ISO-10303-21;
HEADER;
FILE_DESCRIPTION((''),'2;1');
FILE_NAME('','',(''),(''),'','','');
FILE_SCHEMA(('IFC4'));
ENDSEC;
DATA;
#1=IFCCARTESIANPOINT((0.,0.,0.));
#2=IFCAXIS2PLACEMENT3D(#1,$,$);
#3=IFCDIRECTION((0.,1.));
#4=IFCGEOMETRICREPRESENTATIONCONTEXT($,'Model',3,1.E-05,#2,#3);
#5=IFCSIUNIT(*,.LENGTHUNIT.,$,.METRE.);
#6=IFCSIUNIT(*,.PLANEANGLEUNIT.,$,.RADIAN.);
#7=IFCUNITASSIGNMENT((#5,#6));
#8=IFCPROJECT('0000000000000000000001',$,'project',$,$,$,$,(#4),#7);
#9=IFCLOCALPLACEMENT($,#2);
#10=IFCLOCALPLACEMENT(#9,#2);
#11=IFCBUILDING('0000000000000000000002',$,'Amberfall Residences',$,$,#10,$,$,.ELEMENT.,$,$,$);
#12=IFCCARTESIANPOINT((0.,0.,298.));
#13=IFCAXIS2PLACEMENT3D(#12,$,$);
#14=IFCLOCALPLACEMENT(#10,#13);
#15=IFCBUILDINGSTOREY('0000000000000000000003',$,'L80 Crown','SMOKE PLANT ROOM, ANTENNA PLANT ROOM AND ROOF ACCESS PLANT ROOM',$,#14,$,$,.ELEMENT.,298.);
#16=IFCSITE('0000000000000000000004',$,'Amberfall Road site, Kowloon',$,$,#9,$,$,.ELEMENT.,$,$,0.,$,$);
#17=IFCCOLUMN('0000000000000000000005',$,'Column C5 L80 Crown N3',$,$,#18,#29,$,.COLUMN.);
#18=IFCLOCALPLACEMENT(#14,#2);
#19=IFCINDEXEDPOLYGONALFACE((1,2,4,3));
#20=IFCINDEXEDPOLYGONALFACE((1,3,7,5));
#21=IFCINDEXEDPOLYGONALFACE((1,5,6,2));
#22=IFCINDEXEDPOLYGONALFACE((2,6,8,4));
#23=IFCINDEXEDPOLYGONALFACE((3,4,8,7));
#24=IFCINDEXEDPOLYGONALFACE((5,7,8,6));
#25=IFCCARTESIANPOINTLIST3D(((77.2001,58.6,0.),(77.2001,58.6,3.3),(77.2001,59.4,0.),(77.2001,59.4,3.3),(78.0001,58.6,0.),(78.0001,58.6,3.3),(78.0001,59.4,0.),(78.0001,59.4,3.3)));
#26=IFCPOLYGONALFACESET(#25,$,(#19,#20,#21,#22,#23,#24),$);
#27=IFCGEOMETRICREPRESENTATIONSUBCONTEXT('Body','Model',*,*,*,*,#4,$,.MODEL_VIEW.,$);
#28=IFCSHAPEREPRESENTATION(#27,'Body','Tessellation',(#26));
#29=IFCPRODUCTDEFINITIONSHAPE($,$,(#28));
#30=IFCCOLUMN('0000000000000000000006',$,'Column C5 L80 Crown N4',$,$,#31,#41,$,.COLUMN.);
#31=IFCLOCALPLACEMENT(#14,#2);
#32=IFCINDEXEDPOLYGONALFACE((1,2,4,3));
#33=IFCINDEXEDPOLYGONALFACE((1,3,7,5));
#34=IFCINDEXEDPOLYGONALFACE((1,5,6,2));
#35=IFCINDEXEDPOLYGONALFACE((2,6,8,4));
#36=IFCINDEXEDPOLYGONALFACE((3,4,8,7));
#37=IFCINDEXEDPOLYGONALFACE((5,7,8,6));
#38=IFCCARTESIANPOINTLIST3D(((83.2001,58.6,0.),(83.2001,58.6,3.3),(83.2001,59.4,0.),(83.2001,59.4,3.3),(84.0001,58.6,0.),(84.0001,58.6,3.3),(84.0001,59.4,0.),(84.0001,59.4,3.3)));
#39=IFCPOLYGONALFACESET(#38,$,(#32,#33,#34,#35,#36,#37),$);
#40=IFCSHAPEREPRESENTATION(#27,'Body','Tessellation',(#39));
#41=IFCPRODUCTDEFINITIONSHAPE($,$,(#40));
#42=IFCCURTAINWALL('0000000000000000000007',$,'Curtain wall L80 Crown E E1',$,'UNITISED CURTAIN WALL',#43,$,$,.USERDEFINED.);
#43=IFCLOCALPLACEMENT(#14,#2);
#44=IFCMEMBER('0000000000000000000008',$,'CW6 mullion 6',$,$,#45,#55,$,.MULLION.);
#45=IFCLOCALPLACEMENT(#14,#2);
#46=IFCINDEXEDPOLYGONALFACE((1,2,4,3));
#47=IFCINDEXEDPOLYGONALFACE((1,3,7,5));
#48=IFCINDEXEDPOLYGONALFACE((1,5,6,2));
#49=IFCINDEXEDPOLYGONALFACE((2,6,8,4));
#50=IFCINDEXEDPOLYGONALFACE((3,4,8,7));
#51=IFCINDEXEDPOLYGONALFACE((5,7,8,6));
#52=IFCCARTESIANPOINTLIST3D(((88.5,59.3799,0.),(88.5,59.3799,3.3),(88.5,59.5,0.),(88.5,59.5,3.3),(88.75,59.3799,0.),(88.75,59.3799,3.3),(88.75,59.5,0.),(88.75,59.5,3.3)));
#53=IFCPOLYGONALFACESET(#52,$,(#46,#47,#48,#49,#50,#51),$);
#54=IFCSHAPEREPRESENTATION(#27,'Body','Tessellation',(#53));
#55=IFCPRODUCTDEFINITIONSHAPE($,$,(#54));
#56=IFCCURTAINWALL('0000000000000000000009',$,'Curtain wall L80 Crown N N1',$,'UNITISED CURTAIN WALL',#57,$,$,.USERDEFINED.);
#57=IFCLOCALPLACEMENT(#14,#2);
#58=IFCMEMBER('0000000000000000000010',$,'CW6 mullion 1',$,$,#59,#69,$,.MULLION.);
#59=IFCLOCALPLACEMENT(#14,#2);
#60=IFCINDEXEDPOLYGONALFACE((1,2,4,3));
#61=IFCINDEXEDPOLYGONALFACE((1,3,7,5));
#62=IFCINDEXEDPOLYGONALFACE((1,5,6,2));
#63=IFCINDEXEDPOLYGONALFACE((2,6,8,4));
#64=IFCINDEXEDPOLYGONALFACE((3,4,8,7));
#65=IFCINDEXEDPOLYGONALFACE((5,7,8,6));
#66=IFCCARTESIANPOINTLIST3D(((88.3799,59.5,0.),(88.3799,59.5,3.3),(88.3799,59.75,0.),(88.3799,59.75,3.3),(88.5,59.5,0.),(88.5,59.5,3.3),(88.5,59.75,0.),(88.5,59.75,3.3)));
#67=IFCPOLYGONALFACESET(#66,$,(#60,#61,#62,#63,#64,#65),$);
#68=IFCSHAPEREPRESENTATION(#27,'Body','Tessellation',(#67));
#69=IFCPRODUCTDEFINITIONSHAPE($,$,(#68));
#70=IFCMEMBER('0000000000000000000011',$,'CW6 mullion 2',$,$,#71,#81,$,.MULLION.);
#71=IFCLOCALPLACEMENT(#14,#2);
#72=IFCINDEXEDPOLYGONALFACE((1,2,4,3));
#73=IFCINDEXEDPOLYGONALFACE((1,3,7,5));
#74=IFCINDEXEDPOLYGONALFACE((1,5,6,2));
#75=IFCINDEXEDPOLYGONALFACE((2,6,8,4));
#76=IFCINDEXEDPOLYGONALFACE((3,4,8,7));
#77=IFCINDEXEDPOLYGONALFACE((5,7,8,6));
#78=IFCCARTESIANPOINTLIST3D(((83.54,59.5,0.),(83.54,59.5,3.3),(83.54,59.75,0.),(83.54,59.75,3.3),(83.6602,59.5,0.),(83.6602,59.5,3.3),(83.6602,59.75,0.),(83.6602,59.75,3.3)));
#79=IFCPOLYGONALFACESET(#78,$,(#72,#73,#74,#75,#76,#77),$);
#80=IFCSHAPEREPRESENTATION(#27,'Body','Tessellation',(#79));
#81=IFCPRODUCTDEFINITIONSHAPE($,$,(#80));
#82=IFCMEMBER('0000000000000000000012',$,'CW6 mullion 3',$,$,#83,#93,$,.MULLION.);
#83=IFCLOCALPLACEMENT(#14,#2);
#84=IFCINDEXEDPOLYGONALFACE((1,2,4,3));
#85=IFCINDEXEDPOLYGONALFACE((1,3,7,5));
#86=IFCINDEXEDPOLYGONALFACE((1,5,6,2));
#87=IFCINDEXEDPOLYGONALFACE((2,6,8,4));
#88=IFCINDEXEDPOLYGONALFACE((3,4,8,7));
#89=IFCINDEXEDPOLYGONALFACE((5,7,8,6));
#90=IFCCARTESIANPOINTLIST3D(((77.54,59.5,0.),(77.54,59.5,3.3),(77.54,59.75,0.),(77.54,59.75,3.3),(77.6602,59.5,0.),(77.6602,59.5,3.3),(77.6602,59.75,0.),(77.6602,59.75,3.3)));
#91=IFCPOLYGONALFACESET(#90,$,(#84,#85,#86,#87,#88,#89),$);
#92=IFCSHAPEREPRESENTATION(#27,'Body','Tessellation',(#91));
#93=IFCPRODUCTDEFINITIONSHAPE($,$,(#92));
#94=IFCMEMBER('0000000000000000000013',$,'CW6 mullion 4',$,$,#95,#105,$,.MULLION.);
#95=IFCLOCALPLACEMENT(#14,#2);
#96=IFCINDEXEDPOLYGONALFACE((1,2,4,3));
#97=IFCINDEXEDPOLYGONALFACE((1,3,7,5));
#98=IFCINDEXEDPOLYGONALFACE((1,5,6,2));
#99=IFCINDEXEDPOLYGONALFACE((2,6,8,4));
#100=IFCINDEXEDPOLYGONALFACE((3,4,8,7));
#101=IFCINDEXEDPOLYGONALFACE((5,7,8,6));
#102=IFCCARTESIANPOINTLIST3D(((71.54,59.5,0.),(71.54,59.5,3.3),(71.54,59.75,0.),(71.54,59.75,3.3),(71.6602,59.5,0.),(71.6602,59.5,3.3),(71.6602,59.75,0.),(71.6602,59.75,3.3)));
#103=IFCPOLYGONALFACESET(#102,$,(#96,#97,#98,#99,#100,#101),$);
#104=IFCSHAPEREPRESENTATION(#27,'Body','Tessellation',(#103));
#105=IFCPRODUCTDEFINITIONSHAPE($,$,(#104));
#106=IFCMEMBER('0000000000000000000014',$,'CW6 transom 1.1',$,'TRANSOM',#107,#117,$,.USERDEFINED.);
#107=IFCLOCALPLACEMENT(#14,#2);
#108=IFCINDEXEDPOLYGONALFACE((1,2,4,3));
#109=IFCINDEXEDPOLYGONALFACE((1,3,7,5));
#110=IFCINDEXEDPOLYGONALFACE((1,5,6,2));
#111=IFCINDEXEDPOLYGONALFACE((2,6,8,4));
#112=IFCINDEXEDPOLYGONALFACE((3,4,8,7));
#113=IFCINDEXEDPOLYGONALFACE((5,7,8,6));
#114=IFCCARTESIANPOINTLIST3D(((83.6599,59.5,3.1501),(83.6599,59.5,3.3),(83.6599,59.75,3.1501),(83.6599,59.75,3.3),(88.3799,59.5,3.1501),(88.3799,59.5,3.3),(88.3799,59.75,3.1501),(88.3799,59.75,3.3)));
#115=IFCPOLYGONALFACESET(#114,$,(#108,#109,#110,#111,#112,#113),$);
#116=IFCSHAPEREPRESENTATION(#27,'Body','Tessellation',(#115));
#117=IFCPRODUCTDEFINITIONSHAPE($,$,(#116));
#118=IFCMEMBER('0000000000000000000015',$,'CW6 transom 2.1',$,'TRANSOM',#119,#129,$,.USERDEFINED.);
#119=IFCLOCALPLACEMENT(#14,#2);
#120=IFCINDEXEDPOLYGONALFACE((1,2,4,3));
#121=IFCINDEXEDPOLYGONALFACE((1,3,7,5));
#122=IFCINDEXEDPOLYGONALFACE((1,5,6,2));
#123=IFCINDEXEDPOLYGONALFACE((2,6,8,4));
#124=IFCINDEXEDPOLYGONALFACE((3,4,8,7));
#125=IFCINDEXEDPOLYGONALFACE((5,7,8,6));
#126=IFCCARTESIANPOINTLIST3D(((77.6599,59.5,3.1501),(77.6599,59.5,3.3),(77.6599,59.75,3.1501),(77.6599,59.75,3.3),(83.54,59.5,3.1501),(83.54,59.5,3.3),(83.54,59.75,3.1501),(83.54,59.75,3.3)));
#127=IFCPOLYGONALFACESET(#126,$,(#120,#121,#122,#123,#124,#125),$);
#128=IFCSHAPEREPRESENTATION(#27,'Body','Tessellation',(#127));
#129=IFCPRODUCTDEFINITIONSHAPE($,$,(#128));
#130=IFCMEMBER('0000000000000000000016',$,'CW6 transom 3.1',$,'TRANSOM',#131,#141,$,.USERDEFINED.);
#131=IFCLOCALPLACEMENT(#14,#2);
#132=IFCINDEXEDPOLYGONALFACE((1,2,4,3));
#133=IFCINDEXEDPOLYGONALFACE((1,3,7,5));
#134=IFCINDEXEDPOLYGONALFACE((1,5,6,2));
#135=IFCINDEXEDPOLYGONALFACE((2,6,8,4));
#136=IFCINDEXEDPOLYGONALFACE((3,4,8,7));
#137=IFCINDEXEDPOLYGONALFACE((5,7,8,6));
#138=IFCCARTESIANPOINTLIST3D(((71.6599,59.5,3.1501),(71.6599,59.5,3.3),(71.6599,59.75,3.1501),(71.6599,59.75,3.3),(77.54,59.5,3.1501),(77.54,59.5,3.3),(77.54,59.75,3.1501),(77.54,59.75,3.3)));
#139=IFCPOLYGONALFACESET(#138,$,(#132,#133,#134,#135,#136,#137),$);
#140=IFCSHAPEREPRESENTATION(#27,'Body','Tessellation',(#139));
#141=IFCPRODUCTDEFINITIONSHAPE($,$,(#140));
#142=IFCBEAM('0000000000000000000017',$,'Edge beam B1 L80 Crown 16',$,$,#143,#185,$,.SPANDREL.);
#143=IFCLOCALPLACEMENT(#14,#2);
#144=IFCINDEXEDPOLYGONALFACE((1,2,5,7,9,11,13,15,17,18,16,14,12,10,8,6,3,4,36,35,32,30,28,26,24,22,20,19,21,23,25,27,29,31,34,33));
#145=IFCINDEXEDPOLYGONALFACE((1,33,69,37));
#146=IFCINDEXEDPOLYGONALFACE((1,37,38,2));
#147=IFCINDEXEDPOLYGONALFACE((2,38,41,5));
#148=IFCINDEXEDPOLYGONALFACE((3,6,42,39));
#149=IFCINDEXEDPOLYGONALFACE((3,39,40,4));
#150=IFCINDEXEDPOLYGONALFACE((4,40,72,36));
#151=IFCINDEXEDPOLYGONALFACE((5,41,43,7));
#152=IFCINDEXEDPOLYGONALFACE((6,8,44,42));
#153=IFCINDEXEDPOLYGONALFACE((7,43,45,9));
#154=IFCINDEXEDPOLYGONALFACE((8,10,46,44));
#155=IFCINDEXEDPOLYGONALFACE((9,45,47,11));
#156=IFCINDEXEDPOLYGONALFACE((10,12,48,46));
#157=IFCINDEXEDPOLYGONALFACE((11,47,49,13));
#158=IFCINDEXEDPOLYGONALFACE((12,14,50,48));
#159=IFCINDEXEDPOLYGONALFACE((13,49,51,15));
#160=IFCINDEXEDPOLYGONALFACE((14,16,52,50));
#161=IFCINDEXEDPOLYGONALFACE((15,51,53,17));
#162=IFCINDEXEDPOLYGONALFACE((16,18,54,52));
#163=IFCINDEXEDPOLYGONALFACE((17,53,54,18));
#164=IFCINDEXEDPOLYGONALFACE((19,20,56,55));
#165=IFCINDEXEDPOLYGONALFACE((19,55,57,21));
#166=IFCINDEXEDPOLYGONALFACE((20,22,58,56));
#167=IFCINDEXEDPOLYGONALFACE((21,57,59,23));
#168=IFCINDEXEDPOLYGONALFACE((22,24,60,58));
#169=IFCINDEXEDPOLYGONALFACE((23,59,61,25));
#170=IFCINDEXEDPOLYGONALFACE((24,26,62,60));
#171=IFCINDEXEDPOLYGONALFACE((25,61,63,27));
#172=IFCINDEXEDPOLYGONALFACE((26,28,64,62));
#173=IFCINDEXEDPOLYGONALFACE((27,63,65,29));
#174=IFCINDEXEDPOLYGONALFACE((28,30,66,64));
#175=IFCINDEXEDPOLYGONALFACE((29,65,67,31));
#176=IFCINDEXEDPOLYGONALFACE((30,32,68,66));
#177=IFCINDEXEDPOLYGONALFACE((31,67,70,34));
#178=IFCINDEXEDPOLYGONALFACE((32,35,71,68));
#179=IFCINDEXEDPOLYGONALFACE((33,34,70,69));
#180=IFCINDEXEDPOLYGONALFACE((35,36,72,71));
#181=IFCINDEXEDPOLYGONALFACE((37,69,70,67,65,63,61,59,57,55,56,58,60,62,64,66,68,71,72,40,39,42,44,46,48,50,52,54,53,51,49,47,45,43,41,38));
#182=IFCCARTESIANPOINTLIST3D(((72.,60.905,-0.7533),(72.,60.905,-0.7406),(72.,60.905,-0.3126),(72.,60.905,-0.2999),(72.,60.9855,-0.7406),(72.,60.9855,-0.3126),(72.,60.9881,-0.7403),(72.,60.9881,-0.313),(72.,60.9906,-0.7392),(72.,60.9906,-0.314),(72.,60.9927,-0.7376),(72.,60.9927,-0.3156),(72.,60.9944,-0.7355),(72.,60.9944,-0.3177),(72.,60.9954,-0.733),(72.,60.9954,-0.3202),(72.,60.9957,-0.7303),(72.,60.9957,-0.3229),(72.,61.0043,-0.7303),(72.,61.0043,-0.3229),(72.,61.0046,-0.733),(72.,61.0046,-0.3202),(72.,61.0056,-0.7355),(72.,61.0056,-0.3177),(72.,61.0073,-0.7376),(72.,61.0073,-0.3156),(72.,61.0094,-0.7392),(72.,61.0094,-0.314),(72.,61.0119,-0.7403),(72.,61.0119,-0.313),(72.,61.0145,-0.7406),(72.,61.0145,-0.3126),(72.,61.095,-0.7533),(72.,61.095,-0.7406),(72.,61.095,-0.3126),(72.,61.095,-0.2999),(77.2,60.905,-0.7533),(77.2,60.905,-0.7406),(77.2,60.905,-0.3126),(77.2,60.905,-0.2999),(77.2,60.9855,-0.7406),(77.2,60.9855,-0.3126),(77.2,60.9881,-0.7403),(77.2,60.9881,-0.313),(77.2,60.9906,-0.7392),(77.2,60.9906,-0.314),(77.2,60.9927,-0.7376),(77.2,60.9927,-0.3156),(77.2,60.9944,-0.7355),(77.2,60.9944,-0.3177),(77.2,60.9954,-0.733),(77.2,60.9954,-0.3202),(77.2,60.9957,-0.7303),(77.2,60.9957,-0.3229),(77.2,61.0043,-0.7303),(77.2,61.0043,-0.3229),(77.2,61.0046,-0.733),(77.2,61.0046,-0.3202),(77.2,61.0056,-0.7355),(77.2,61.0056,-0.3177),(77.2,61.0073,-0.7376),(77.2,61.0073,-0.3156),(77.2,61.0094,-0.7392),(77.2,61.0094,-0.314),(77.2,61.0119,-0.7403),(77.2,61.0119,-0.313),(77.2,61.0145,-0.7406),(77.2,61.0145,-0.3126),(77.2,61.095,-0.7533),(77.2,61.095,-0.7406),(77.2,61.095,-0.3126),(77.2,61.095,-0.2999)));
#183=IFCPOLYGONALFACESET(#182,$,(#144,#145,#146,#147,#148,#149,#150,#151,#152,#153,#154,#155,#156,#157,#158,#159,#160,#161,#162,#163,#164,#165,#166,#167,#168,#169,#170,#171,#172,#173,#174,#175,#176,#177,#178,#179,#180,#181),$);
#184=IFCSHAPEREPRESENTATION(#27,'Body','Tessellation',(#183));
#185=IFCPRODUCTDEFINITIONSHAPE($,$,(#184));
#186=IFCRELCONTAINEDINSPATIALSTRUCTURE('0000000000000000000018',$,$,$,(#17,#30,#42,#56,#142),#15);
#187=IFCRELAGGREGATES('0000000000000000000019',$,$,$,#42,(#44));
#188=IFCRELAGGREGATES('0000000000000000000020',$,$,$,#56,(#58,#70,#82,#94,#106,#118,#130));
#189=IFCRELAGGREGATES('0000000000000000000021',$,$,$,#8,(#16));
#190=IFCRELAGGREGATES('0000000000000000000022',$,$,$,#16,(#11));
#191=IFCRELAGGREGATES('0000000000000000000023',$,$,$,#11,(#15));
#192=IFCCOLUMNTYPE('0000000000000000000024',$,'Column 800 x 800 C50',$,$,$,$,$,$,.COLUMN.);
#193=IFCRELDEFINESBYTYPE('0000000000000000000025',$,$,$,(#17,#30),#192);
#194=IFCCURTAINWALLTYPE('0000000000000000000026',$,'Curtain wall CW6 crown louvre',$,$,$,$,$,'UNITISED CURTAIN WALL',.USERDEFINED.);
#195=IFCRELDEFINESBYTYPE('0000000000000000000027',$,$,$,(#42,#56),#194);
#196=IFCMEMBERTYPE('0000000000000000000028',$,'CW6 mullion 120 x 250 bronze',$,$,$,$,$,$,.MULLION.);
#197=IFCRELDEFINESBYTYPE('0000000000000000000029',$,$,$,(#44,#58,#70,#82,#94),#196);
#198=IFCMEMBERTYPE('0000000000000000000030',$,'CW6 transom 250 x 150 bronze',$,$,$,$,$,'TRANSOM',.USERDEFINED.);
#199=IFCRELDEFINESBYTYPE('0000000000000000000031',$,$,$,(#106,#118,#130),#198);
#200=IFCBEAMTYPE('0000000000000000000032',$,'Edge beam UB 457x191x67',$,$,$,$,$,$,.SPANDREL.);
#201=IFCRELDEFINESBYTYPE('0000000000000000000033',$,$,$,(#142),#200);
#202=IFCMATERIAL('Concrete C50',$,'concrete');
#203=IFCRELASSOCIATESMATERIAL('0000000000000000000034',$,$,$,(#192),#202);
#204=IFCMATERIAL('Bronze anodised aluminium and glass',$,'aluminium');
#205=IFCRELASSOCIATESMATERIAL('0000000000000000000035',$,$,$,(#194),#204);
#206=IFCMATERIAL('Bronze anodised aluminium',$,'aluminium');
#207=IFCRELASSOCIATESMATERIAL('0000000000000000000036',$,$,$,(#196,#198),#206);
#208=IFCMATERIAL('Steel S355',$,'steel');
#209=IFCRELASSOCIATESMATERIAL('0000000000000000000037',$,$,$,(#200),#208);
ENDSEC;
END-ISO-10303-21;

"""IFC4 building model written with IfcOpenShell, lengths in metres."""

from ifc_helpers import new_model, si_unit, direction, frame, origin, origin_2d, place, context, subcontext, project, spatial, rectangle, i_section, extrude, material, material_profile, profile_set, type_object, element, aggregate, save


model = new_model("IFC4")

# Units and contexts
model_context = context("Model", 3, precision=1e-05, world=origin(), true_north=direction((0.0, 1.0)))
body_context = subcontext(model_context, "Body", "Model", "MODEL_VIEW")
ifc_project = project(units=[si_unit("LENGTHUNIT", "METRE"), si_unit("PLANEANGLEUNIT", "RADIAN")], contexts=[model_context])

# Site, building, storey
site_placement = place(None, origin())
site = spatial("IfcSite", under=ifc_project, at=site_placement, Name="Amberfall Road site, Kowloon", CompositionType="ELEMENT", RefElevation=0.0)
building_placement = place(site_placement, origin())
building = spatial("IfcBuilding", under=site, at=building_placement, Name="Amberfall Residences", CompositionType="ELEMENT")
storey_placement = place(building_placement, frame((0.0, 0.0, 298.0)))
storey = spatial("IfcBuildingStorey", under=building, at=storey_placement, Name="L80 Crown", Description="SMOKE PLANT ROOM, ANTENNA PLANT ROOM AND ROOF ACCESS PLANT ROOM", CompositionType="ELEMENT", Elevation=298.0)

# Columns
ifc_material_1 = material(Name="Concrete C50", Category="concrete")
ifc_material_profile_1 = material_profile(ifc_material_1, rectangle(XDim=0.8, YDim=0.8, at=origin_2d()), Name="Column 800 x 800 C50")
ifc_profile_set_1 = profile_set([ifc_material_profile_1], Name="Concrete C50")
column_type = type_object("IfcColumnType", Name="Column 800 x 800 C50", PredefinedType="COLUMN", material=ifc_profile_set_1)
for number, where, z_axis, x_axis, name in (
    (1, (77.6001, 59.0, 0.0), (0.0, 0.0, 1.0), (1.0, 0.0, 0.0), "Column C5 L80 Crown N3"),
    (2, (83.6001, 59.0, 0.0), (0.0, 0.0, 1.0), (1.0, 0.0, 0.0), "Column C5 L80 Crown N4"),
):
    element("IfcColumn", number, at=place(storey_placement, frame(where, z_axis=z_axis, x_axis=x_axis)), inside=storey, type_object=column_type, Name=name, PredefinedType="COLUMN", context=body_context, shape_type="SweptSolid", body=[
        extrude(rectangle(XDim=0.8, YDim=0.8, at=origin_2d()), origin(), (0.0, 0.0, 1.0), 3.3),
    ])

# Curtain wall, member
ifc_material_2 = material(Name="Bronze anodised aluminium and glass", Category="aluminium")
curtain_wall_type = type_object("IfcCurtainWallType", Name="Curtain wall CW6 crown louvre", ElementType="UNITISED CURTAIN WALL", PredefinedType="USERDEFINED", material=ifc_material_2)
curtain_wall_1_placement = place(storey_placement, origin())
curtain_wall_1 = element("IfcCurtainWall", 3, at=curtain_wall_1_placement, inside=storey, type_object=curtain_wall_type, Name="Curtain wall L80 Crown E E1", ObjectType="UNITISED CURTAIN WALL", PredefinedType="USERDEFINED")
ifc_material_3 = material(Name="Bronze anodised aluminium", Category="aluminium")
ifc_material_profile_2 = material_profile(ifc_material_3, rectangle(XDim=0.25, YDim=0.1201, at=origin_2d()), Name="CW6 mullion 120 x 250 bronze")
ifc_profile_set_2 = profile_set([ifc_material_profile_2], Name="Bronze anodised aluminium")
member_type_1 = type_object("IfcMemberType", Name="CW6 mullion 120 x 250 bronze", PredefinedType="MULLION", material=ifc_profile_set_2)
member_1_placement = place(storey_placement, frame((88.625, 59.4399, 0.0), z_axis=(0.0, 0.0, 1.0), x_axis=(-1.0, 0.0, 0.0)))
member_1 = element("IfcMember", 4, at=member_1_placement, type_object=member_type_1, Name="CW6 mullion 6", PredefinedType="MULLION", context=body_context, shape_type="SweptSolid", body=[
    extrude(rectangle(XDim=0.25, YDim=0.1201, at=origin_2d()), origin(), (0.0, 0.0, 1.0), 3.3),
])

# Curtain wall, members
curtain_wall_2_placement = place(storey_placement, origin())
curtain_wall_2 = element("IfcCurtainWall", 5, at=curtain_wall_2_placement, inside=storey, type_object=curtain_wall_type, Name="Curtain wall L80 Crown N N1", ObjectType="UNITISED CURTAIN WALL", PredefinedType="USERDEFINED")
member_2_placement = place(storey_placement, frame((88.4399, 59.625, 0.0), z_axis=(0.0, 0.0, 1.0), x_axis=(0.0, -1.0, 0.0)))
member_2 = element("IfcMember", 6, at=member_2_placement, type_object=member_type_1, Name="CW6 mullion 1", PredefinedType="MULLION", context=body_context, shape_type="SweptSolid", body=[
    extrude(rectangle(XDim=0.25, YDim=0.1201, at=origin_2d()), origin(), (0.0, 0.0, 1.0), 3.3),
])
member_3_placement = place(storey_placement, frame((83.6001, 59.625, 0.0), z_axis=(0.0, 0.0, 1.0), x_axis=(0.0, -1.0, 0.0)))
member_3 = element("IfcMember", 7, at=member_3_placement, type_object=member_type_1, Name="CW6 mullion 2", PredefinedType="MULLION", context=body_context, shape_type="SweptSolid", body=[
    extrude(rectangle(XDim=0.25, YDim=0.1201, at=origin_2d()), origin(), (0.0, 0.0, 1.0), 3.3),
])
member_4_placement = place(storey_placement, frame((77.6001, 59.625, 0.0), z_axis=(0.0, 0.0, 1.0), x_axis=(0.0, -1.0, 0.0)))
member_4 = element("IfcMember", 8, at=member_4_placement, type_object=member_type_1, Name="CW6 mullion 3", PredefinedType="MULLION", context=body_context, shape_type="SweptSolid", body=[
    extrude(rectangle(XDim=0.25, YDim=0.1201, at=origin_2d()), origin(), (0.0, 0.0, 1.0), 3.3),
])
member_5_placement = place(storey_placement, frame((71.6001, 59.625, 0.0), z_axis=(0.0, 0.0, 1.0), x_axis=(0.0, -1.0, 0.0)))
member_5 = element("IfcMember", 9, at=member_5_placement, type_object=member_type_1, Name="CW6 mullion 4", PredefinedType="MULLION", context=body_context, shape_type="SweptSolid", body=[
    extrude(rectangle(XDim=0.25, YDim=0.1201, at=origin_2d()), origin(), (0.0, 0.0, 1.0), 3.3),
])
ifc_material_profile_3 = material_profile(ifc_material_3, rectangle(XDim=0.25, YDim=0.1499, at=origin_2d()), Name="CW6 transom 250 x 150 bronze")
ifc_profile_set_3 = profile_set([ifc_material_profile_3], Name="Bronze anodised aluminium")
member_type_2 = type_object("IfcMemberType", Name="CW6 transom 250 x 150 bronze", ElementType="TRANSOM", PredefinedType="USERDEFINED", material=ifc_profile_set_3)
member_6_placement = place(storey_placement, frame((88.3799, 59.625, 3.2251), z_axis=(-1.0, 0.0, 0.0), x_axis=(0.0, -1.0, 0.0)))
member_6 = element("IfcMember", 10, at=member_6_placement, type_object=member_type_2, Name="CW6 transom 1.1", ObjectType="TRANSOM", PredefinedType="USERDEFINED", context=body_context, shape_type="SweptSolid", body=[
    extrude(rectangle(XDim=0.25, YDim=0.1499, at=origin_2d()), origin(), (0.0, 0.0, 1.0), 4.72),
])
member_7_placement = place(storey_placement, frame((83.54, 59.625, 3.2251), z_axis=(-1.0, 0.0, 0.0), x_axis=(0.0, -1.0, 0.0)))
member_7 = element("IfcMember", 11, at=member_7_placement, type_object=member_type_2, Name="CW6 transom 2.1", ObjectType="TRANSOM", PredefinedType="USERDEFINED", context=body_context, shape_type="SweptSolid", body=[
    extrude(rectangle(XDim=0.25, YDim=0.1499, at=origin_2d()), origin(), (0.0, 0.0, 1.0), 5.8801),
])
member_8_placement = place(storey_placement, frame((77.54, 59.625, 3.2251), z_axis=(-1.0, 0.0, 0.0), x_axis=(0.0, -1.0, 0.0)))
member_8 = element("IfcMember", 12, at=member_8_placement, type_object=member_type_2, Name="CW6 transom 3.1", ObjectType="TRANSOM", PredefinedType="USERDEFINED", context=body_context, shape_type="SweptSolid", body=[
    extrude(rectangle(XDim=0.25, YDim=0.1499, at=origin_2d()), origin(), (0.0, 0.0, 1.0), 5.8801),
])

# Beam
ifc_material_4 = material(Name="Steel S355", Category="steel")
ifc_material_profile_4 = material_profile(ifc_material_4, i_section(OverallWidth=0.1899, OverallDepth=0.4534, WebThickness=0.0085, FlangeThickness=0.0127, FilletRadius=0.0103, at=origin_2d()), Name="UB 457x191x67")
ifc_profile_set_4 = profile_set([ifc_material_profile_4], Name="Steel S355")
beam_type_1 = type_object("IfcBeamType", Name="Edge beam UB 457x191x67", PredefinedType="SPANDREL", material=ifc_profile_set_4)
for number, where, z_axis, x_axis, name in (
    (13, (72.0, 61.0, -0.5266), (1.0, 0.0, 0.0), (0.0, 1.0, 0.0), "Edge beam B1 L80 Crown 16"),
):
    element("IfcBeam", number, at=place(storey_placement, frame(where, z_axis=z_axis, x_axis=x_axis)), inside=storey, type_object=beam_type_1, Name=name, PredefinedType="SPANDREL", context=body_context, shape_type="SweptSolid", body=[
        extrude(i_section(OverallWidth=0.1899, OverallDepth=0.4534, WebThickness=0.0085, FlangeThickness=0.0127, FilletRadius=0.0103, at=origin_2d()), origin(), (0.0, 0.0, 1.0), 5.2),
    ])

aggregate(curtain_wall_1, [member_1])
aggregate(curtain_wall_2, [member_2, member_3, member_4, member_5, member_6, member_7, member_8])

save(model, "model.ifc")
